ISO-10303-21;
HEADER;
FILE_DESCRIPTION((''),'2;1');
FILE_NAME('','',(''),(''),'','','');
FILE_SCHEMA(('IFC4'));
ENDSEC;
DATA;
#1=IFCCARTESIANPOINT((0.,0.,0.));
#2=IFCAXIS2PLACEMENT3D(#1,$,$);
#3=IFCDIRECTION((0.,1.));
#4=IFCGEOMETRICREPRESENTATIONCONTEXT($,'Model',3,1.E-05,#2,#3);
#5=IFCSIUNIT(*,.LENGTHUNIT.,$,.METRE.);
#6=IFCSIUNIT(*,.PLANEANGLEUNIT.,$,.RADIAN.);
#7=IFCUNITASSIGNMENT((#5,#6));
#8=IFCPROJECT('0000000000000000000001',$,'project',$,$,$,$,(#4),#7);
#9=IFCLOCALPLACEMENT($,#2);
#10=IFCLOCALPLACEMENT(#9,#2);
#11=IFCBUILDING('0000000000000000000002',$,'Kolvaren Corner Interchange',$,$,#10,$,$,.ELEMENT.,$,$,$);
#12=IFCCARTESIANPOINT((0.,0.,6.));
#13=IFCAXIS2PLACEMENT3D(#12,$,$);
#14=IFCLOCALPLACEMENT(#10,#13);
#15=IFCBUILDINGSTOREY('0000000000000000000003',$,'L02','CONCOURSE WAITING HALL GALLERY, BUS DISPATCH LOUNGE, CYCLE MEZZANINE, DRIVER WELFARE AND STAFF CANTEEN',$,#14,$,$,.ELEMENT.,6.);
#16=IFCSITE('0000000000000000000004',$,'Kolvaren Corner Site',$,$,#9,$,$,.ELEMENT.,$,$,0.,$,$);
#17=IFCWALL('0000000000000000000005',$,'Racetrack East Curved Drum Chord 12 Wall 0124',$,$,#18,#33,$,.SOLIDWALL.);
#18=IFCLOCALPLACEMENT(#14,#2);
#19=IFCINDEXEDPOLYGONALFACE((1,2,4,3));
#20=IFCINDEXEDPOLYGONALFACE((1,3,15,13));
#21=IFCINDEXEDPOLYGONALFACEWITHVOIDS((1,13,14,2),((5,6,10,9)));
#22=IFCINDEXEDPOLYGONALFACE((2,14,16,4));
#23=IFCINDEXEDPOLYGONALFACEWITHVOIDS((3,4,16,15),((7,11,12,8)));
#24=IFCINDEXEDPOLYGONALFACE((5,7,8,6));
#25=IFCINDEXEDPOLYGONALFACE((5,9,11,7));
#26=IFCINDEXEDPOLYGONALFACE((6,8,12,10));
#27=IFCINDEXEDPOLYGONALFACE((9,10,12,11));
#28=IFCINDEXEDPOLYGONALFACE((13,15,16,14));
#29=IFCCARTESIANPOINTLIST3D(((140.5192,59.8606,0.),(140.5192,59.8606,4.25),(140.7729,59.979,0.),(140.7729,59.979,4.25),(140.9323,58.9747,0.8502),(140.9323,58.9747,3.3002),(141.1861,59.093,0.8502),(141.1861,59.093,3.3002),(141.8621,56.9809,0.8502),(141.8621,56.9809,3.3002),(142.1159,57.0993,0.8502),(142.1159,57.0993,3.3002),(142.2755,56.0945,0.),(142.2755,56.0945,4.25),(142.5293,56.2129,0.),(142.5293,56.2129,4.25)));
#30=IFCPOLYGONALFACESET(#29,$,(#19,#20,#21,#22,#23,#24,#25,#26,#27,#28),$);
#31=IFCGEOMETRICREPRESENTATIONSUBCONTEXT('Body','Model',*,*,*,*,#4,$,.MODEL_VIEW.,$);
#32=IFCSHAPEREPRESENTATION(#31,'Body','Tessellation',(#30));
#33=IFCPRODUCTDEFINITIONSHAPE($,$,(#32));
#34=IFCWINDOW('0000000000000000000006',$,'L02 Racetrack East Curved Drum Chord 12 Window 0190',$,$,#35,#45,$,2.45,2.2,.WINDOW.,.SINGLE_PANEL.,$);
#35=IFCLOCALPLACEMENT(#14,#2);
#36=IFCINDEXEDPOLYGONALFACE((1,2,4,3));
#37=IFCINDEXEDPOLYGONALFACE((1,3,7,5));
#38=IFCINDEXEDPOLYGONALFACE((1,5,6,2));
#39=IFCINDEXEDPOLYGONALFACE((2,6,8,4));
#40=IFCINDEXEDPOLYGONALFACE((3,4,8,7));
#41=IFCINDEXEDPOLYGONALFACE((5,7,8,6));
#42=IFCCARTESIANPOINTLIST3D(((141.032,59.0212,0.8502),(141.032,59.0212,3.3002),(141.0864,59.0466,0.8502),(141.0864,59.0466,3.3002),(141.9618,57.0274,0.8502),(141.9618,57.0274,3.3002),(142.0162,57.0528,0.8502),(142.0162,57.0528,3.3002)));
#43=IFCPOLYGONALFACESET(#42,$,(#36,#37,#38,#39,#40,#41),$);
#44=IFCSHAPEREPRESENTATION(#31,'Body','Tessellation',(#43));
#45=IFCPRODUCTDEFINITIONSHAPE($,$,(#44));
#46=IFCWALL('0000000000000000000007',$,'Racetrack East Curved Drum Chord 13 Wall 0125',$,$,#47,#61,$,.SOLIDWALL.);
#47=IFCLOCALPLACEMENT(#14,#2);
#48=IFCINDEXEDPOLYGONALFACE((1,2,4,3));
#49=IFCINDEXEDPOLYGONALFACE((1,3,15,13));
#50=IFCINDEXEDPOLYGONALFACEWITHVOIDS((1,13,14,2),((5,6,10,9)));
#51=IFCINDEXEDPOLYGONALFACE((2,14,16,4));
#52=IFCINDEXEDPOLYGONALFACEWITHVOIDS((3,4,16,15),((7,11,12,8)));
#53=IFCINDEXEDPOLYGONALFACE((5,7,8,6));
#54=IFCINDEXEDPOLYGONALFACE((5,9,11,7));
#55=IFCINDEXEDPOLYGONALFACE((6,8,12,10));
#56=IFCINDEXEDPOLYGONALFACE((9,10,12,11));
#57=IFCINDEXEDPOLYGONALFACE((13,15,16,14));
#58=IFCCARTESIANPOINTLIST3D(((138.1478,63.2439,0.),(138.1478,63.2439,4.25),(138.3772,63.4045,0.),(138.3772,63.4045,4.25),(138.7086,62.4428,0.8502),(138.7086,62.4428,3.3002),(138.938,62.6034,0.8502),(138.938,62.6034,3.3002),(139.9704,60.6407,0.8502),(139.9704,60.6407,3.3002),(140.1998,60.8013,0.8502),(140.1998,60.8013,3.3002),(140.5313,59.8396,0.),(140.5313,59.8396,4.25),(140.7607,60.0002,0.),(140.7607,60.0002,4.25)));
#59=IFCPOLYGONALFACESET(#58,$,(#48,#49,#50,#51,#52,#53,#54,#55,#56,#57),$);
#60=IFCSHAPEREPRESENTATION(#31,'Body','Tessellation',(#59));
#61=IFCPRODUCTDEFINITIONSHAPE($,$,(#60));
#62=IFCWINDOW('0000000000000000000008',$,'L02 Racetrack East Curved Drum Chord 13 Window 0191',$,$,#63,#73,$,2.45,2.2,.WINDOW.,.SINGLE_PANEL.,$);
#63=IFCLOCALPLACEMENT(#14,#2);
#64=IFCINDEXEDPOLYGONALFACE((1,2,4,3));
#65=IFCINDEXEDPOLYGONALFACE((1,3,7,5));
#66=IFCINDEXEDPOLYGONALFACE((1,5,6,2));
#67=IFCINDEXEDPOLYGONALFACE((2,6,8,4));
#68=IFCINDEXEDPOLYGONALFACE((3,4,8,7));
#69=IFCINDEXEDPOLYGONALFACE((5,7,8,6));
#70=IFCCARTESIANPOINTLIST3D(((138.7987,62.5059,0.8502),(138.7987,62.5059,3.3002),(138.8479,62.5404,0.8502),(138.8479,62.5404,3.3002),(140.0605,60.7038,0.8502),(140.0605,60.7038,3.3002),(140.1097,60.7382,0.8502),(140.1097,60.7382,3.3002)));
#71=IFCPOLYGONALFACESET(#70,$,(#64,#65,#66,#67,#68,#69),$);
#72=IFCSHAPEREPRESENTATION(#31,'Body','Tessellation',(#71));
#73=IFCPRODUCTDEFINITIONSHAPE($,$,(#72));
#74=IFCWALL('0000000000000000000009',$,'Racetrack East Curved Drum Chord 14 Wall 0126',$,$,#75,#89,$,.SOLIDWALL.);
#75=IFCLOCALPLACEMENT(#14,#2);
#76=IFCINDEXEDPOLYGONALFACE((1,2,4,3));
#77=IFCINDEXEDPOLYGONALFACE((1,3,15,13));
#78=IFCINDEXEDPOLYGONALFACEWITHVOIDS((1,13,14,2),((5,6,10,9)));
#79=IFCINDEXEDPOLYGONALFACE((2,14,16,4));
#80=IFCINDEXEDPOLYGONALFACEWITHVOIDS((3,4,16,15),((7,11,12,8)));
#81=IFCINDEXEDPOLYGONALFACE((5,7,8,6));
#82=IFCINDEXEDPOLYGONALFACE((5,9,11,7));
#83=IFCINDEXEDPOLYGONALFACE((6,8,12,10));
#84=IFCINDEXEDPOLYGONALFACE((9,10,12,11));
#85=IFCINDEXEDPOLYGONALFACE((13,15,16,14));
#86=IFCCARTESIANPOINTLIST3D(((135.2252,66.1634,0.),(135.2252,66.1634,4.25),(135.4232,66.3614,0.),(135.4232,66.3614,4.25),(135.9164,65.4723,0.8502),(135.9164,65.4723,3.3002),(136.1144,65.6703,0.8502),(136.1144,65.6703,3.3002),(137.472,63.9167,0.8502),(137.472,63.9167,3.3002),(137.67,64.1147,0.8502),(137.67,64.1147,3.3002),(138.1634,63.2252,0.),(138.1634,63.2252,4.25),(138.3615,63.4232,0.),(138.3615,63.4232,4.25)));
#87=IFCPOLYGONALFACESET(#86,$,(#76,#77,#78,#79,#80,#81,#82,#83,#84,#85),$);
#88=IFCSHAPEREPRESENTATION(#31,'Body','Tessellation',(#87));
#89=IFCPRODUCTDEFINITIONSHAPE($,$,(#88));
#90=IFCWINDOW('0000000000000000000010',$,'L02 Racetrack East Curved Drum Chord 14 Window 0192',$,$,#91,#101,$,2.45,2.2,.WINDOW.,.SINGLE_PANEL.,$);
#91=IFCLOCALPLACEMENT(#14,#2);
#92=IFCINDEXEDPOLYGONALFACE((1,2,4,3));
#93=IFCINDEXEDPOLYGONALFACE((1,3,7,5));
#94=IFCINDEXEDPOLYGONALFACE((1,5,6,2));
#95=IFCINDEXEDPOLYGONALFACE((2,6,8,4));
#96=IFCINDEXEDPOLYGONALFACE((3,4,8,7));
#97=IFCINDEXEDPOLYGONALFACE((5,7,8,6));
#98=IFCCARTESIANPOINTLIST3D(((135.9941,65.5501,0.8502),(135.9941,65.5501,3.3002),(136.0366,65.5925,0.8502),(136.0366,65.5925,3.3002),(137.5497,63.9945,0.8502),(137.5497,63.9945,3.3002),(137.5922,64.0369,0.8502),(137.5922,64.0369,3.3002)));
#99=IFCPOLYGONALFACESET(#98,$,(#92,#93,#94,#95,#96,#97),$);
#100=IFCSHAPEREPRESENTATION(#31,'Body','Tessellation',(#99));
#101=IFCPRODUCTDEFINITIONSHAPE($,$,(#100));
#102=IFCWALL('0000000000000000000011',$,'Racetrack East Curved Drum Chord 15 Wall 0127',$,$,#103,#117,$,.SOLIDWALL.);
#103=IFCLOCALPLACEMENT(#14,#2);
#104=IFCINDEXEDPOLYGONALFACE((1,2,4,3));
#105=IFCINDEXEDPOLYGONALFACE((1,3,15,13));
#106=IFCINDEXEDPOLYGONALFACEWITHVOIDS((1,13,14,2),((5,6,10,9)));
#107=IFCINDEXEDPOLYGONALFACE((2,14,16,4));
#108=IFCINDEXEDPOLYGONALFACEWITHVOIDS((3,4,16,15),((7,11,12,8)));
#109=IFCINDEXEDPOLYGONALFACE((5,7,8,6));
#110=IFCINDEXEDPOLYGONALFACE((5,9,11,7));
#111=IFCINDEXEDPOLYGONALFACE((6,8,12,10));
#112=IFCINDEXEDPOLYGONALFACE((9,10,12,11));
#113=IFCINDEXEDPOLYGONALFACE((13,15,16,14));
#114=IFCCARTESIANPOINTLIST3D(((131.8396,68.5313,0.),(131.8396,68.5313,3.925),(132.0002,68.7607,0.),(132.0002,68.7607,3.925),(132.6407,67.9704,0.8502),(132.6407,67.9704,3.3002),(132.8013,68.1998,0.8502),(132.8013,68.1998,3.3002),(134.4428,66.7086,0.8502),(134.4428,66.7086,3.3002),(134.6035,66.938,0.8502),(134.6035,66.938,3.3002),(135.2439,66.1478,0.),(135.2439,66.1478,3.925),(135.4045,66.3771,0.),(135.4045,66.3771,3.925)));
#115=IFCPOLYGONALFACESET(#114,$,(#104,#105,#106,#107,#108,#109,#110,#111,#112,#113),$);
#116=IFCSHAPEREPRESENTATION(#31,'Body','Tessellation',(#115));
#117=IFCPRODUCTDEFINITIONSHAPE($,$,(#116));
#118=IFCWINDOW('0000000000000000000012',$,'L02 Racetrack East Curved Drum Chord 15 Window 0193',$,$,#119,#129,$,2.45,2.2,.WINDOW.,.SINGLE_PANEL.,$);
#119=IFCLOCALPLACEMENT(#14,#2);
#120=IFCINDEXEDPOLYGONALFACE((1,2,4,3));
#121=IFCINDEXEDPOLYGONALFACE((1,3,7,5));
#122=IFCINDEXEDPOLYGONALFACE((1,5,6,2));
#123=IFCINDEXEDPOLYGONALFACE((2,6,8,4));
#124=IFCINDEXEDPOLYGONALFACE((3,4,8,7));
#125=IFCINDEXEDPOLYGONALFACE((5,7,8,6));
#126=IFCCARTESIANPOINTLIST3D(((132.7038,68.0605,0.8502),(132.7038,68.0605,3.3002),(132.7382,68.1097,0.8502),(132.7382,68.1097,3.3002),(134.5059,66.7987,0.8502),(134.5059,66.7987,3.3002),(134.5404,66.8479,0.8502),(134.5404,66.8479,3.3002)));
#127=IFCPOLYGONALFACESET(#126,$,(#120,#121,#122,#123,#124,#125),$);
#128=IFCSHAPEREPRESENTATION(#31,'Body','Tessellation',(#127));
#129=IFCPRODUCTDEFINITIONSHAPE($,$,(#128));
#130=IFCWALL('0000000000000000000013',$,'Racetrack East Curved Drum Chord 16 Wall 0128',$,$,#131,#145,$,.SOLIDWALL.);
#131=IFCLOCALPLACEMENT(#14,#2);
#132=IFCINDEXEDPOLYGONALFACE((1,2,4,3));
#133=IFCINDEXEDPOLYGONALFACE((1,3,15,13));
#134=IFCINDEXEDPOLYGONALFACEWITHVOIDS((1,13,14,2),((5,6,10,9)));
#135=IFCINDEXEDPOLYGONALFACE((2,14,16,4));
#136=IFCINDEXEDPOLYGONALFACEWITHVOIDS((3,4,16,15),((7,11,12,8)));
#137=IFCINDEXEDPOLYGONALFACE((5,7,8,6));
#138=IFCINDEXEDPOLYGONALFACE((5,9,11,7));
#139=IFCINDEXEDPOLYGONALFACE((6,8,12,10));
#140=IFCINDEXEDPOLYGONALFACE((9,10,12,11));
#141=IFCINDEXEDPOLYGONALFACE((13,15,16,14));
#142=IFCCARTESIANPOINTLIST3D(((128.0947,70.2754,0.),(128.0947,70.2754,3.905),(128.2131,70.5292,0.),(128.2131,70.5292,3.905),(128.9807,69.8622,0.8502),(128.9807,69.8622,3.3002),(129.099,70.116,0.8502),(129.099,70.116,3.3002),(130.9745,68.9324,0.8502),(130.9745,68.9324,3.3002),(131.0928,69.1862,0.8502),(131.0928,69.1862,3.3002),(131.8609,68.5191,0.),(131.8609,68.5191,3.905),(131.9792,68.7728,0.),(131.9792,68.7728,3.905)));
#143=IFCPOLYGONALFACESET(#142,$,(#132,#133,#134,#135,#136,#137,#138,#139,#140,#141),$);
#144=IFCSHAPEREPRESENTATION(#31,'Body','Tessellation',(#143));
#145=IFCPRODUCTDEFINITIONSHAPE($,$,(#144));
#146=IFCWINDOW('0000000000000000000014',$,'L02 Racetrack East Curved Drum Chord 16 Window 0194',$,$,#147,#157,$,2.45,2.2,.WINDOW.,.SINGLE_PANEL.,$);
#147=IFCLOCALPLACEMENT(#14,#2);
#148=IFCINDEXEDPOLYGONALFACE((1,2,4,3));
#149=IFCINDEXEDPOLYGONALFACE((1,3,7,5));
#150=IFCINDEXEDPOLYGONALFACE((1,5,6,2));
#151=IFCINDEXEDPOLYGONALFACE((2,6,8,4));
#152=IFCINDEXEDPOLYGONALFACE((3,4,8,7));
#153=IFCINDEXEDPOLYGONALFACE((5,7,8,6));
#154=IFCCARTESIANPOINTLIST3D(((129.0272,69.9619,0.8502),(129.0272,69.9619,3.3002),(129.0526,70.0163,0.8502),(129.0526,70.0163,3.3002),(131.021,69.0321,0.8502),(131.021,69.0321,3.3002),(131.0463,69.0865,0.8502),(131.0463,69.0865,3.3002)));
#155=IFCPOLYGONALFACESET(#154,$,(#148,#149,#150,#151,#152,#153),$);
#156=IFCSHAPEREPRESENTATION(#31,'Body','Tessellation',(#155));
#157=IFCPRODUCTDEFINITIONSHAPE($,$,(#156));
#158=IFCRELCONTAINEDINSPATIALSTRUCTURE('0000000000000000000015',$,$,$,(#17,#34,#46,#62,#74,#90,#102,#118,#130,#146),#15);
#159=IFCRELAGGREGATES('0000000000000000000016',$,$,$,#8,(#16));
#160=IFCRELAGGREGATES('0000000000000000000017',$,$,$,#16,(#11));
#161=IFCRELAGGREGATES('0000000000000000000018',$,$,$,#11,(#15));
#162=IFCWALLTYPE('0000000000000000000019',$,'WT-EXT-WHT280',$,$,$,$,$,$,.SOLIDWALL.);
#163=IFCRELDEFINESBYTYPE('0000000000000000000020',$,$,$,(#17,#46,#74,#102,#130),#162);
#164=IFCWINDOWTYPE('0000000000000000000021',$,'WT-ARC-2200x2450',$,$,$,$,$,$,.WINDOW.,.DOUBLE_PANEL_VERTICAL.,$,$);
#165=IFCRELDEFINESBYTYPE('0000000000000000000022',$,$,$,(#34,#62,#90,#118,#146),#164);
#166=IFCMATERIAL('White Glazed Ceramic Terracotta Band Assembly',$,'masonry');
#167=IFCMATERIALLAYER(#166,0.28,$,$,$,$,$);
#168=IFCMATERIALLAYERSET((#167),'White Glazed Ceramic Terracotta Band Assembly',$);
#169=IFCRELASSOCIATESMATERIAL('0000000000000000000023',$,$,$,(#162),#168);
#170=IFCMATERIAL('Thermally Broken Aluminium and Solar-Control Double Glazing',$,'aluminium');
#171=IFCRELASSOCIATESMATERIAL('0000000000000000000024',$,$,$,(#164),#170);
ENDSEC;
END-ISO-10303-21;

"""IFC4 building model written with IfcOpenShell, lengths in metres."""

from ifc_helpers import new_model, si_unit, direction, frame, frame_2d, origin, place, context, subcontext, project, spatial, rectangle, extrude, material, layer, layer_set, type_object, element, fill, save


model = new_model("IFC4")

# Units and contexts
model_context = context("Model", 3, precision=1e-05, world=origin(), true_north=direction((0.0, 1.0)))
body_context = subcontext(model_context, "Body", "Model", "MODEL_VIEW")
ifc_project = project(units=[si_unit("LENGTHUNIT", "METRE"), si_unit("PLANEANGLEUNIT", "RADIAN")], contexts=[model_context])

# Site, building, storey
site_placement = place(None, origin())
site = spatial("IfcSite", under=ifc_project, at=site_placement, Name="Kolvaren Corner Site", CompositionType="ELEMENT", RefElevation=0.0)
building_placement = place(site_placement, origin())
building = spatial("IfcBuilding", under=site, at=building_placement, Name="Kolvaren Corner Interchange", CompositionType="ELEMENT")
storey_placement = place(building_placement, frame((0.0, 0.0, 6.0)))
storey = spatial("IfcBuildingStorey", under=building, at=storey_placement, Name="L02", Description="CONCOURSE WAITING HALL GALLERY, BUS DISPATCH LOUNGE, CYCLE MEZZANINE, DRIVER WELFARE AND STAFF CANTEEN", CompositionType="ELEMENT", Elevation=6.0)

# Walls, openings, windows
ifc_material_1 = material(Name="White Glazed Ceramic Terracotta Band Assembly", Category="masonry")
ifc_layer = layer(ifc_material_1, 0.28)
ifc_layer_set = layer_set([ifc_layer], Name="White Glazed Ceramic Terracotta Band Assembly")
wall_type = type_object("IfcWallType", Name="WT-EXT-WHT280", PredefinedType="SOLIDWALL", material=ifc_layer_set)
ifc_material_2 = material(Name="Thermally Broken Aluminium and Solar-Control Double Glazing", Category="aluminium")
window_type = type_object("IfcWindowType", Name="WT-ARC-2200x2450", PartitioningType="DOUBLE_PANEL_VERTICAL", PredefinedType="WINDOW", material=ifc_material_2)
wall_1_placement = place(storey_placement, frame((142.4023, 56.1538, 0.0), z_axis=(0.0, 0.0, 1.0), x_axis=(-0.422654, 0.906291, 0.0)))
wall_1 = element("IfcWall", 1, at=wall_1_placement, inside=storey, type_object=wall_type, Name="Racetrack East Curved Drum Chord 12 Wall 0124", PredefinedType="SOLIDWALL", context=body_context, shape_type="SweptSolid", body=[
    extrude(rectangle(XDim=4.1555, YDim=0.28, at=frame_2d((2.0776, 0.0))), origin(), (0.0, 0.0, 1.0), 4.25),
])
opening_1_placement = place(wall_1_placement, frame((0.9778, 0.0, 0.8501)))
opening_1 = element("IfcOpeningElement", 2, at=opening_1_placement, cuts=wall_1, PredefinedType="OPENING", context=body_context, shape_type="SweptSolid", body=[
    extrude(rectangle(XDim=2.2, YDim=2.45, at=frame_2d((1.1001, 1.2251))), frame((0.0, 0.1499, 0.0), z_axis=(0.0, -1.0, 0.0), x_axis=(1.0, 0.0, 0.0)), (0.0, 0.0, 1.0), 0.3),
])
window_1_placement = place(opening_1_placement, origin())
window_1 = element("IfcWindow", 3, at=window_1_placement, inside=storey, type_object=window_type, Name="L02 Racetrack East Curved Drum Chord 12 Window 0190", OverallHeight=2.45, OverallWidth=2.2, PartitioningType="SINGLE_PANEL", PredefinedType="WINDOW", context=body_context, shape_type="SweptSolid", body=[
    extrude(rectangle(XDim=2.2, YDim=2.45, at=frame_2d((1.1001, 1.2251))), frame((0.0, 0.03, 0.0), z_axis=(0.0, -1.0, 0.0), x_axis=(1.0, 0.0, 0.0)), (0.0, 0.0, 1.0), 0.0601),
])
fill(opening_1, window_1)
wall_2_placement = place(storey_placement, frame((140.646, 59.9199, 0.0), z_axis=(0.0, 0.0, 1.0), x_axis=(-0.573549, 0.819171, 0.0)))
wall_2 = element("IfcWall", 4, at=wall_2_placement, inside=storey, type_object=wall_type, Name="Racetrack East Curved Drum Chord 13 Wall 0125", PredefinedType="SOLIDWALL", context=body_context, shape_type="SweptSolid", body=[
    extrude(rectangle(XDim=4.1558, YDim=0.28, at=frame_2d((2.0779, 0.0))), origin(), (0.0, 0.0, 1.0), 4.25),
])
opening_2_placement = place(wall_2_placement, frame((0.9778, 0.0, 0.8501)))
opening_2 = element("IfcOpeningElement", 5, at=opening_2_placement, cuts=wall_2, PredefinedType="OPENING", context=body_context, shape_type="SweptSolid", body=[
    extrude(rectangle(XDim=2.2, YDim=2.45, at=frame_2d((1.1001, 1.2251))), frame((0.0, 0.1499, 0.0), z_axis=(0.0, -1.0, 0.0), x_axis=(1.0, 0.0, 0.0)), (0.0, 0.0, 1.0), 0.3),
])
window_2_placement = place(opening_2_placement, origin())
window_2 = element("IfcWindow", 6, at=window_2_placement, inside=storey, type_object=window_type, Name="L02 Racetrack East Curved Drum Chord 13 Window 0191", OverallHeight=2.45, OverallWidth=2.2, PartitioningType="SINGLE_PANEL", PredefinedType="WINDOW", context=body_context, shape_type="SweptSolid", body=[
    extrude(rectangle(XDim=2.2, YDim=2.45, at=frame_2d((1.1001, 1.2251))), frame((0.0, 0.03, 0.0), z_axis=(0.0, -1.0, 0.0), x_axis=(1.0, 0.0, 0.0)), (0.0, 0.0, 1.0), 0.0601),
])
fill(opening_2, window_2)
wall_3_placement = place(storey_placement, frame((138.2625, 63.3242, 0.0), z_axis=(0.0, 0.0, 1.0), x_axis=(-0.707107, 0.707107, 0.0)))
wall_3 = element("IfcWall", 7, at=wall_3_placement, inside=storey, type_object=wall_type, Name="Racetrack East Curved Drum Chord 14 Wall 0126", PredefinedType="SOLIDWALL", context=body_context, shape_type="SweptSolid", body=[
    extrude(rectangle(XDim=4.1553, YDim=0.28, at=frame_2d((2.0776, 0.0))), origin(), (0.0, 0.0, 1.0), 4.25),
])
opening_3_placement = place(wall_3_placement, frame((0.9778, 0.0, 0.8501)))
opening_3 = element("IfcOpeningElement", 8, at=opening_3_placement, cuts=wall_3, PredefinedType="OPENING", context=body_context, shape_type="SweptSolid", body=[
    extrude(rectangle(XDim=2.2, YDim=2.45, at=frame_2d((1.1001, 1.2251))), frame((0.0, 0.1499, 0.0), z_axis=(0.0, -1.0, 0.0), x_axis=(1.0, 0.0, 0.0)), (0.0, 0.0, 1.0), 0.3),
])
window_3_placement = place(opening_3_placement, origin())
window_3 = element("IfcWindow", 9, at=window_3_placement, inside=storey, type_object=window_type, Name="L02 Racetrack East Curved Drum Chord 14 Window 0192", OverallHeight=2.45, OverallWidth=2.2, PartitioningType="SINGLE_PANEL", PredefinedType="WINDOW", context=body_context, shape_type="SweptSolid", body=[
    extrude(rectangle(XDim=2.2, YDim=2.45, at=frame_2d((1.1001, 1.2251))), frame((0.0, 0.03, 0.0), z_axis=(0.0, -1.0, 0.0), x_axis=(1.0, 0.0, 0.0)), (0.0, 0.0, 1.0), 0.0601),
])
fill(opening_3, window_3)
wall_4_placement = place(storey_placement, frame((135.3242, 66.2625, 0.0), z_axis=(0.0, 0.0, 1.0), x_axis=(-0.819171, 0.573549, 0.0)))
wall_4 = element("IfcWall", 10, at=wall_4_placement, inside=storey, type_object=wall_type, Name="Racetrack East Curved Drum Chord 15 Wall 0127", PredefinedType="SOLIDWALL", context=body_context, shape_type="SweptSolid", body=[
    extrude(rectangle(XDim=4.1558, YDim=0.28, at=frame_2d((2.0779, 0.0))), origin(), (0.0, 0.0, 1.0), 3.925),
])
opening_4_placement = place(wall_4_placement, frame((0.9778, 0.0, 0.8501)))
opening_4 = element("IfcOpeningElement", 11, at=opening_4_placement, cuts=wall_4, PredefinedType="OPENING", context=body_context, shape_type="SweptSolid", body=[
    extrude(rectangle(XDim=2.2, YDim=2.45, at=frame_2d((1.1001, 1.2251))), frame((0.0, 0.1499, 0.0), z_axis=(0.0, -1.0, 0.0), x_axis=(1.0, 0.0, 0.0)), (0.0, 0.0, 1.0), 0.3),
])
window_4_placement = place(opening_4_placement, origin())
window_4 = element("IfcWindow", 12, at=window_4_placement, inside=storey, type_object=window_type, Name="L02 Racetrack East Curved Drum Chord 15 Window 0193", OverallHeight=2.45, OverallWidth=2.2, PartitioningType="SINGLE_PANEL", PredefinedType="WINDOW", context=body_context, shape_type="SweptSolid", body=[
    extrude(rectangle(XDim=2.2, YDim=2.45, at=frame_2d((1.1001, 1.2251))), frame((0.0, 0.03, 0.0), z_axis=(0.0, -1.0, 0.0), x_axis=(1.0, 0.0, 0.0)), (0.0, 0.0, 1.0), 0.0601),
])
fill(opening_4, window_4)
wall_5_placement = place(storey_placement, frame((131.9199, 68.646, 0.0), z_axis=(0.0, 0.0, 1.0), x_axis=(-0.906291, 0.422654, 0.0)))
wall_5 = element("IfcWall", 13, at=wall_5_placement, inside=storey, type_object=wall_type, Name="Racetrack East Curved Drum Chord 16 Wall 0128", PredefinedType="SOLIDWALL", context=body_context, shape_type="SweptSolid", body=[
    extrude(rectangle(XDim=4.1555, YDim=0.28, at=frame_2d((2.0776, 0.0))), origin(), (0.0, 0.0, 1.0), 3.905),
])
opening_5_placement = place(wall_5_placement, frame((0.9778, 0.0, 0.8501)))
opening_5 = element("IfcOpeningElement", 14, at=opening_5_placement, cuts=wall_5, PredefinedType="OPENING", context=body_context, shape_type="SweptSolid", body=[
    extrude(rectangle(XDim=2.2, YDim=2.45, at=frame_2d((1.1001, 1.2251))), frame((0.0, 0.1499, 0.0), z_axis=(0.0, -1.0, 0.0), x_axis=(1.0, 0.0, 0.0)), (0.0, 0.0, 1.0), 0.3),
])
window_5_placement = place(opening_5_placement, origin())
window_5 = element("IfcWindow", 15, at=window_5_placement, inside=storey, type_object=window_type, Name="L02 Racetrack East Curved Drum Chord 16 Window 0194", OverallHeight=2.45, OverallWidth=2.2, PartitioningType="SINGLE_PANEL", PredefinedType="WINDOW", context=body_context, shape_type="SweptSolid", body=[
    extrude(rectangle(XDim=2.2, YDim=2.45, at=frame_2d((1.1001, 1.2251))), frame((0.0, 0.03, 0.0), z_axis=(0.0, -1.0, 0.0), x_axis=(1.0, 0.0, 0.0)), (0.0, 0.0, 1.0), 0.0601),
])
fill(opening_5, window_5)

save(model, "model.ifc")
